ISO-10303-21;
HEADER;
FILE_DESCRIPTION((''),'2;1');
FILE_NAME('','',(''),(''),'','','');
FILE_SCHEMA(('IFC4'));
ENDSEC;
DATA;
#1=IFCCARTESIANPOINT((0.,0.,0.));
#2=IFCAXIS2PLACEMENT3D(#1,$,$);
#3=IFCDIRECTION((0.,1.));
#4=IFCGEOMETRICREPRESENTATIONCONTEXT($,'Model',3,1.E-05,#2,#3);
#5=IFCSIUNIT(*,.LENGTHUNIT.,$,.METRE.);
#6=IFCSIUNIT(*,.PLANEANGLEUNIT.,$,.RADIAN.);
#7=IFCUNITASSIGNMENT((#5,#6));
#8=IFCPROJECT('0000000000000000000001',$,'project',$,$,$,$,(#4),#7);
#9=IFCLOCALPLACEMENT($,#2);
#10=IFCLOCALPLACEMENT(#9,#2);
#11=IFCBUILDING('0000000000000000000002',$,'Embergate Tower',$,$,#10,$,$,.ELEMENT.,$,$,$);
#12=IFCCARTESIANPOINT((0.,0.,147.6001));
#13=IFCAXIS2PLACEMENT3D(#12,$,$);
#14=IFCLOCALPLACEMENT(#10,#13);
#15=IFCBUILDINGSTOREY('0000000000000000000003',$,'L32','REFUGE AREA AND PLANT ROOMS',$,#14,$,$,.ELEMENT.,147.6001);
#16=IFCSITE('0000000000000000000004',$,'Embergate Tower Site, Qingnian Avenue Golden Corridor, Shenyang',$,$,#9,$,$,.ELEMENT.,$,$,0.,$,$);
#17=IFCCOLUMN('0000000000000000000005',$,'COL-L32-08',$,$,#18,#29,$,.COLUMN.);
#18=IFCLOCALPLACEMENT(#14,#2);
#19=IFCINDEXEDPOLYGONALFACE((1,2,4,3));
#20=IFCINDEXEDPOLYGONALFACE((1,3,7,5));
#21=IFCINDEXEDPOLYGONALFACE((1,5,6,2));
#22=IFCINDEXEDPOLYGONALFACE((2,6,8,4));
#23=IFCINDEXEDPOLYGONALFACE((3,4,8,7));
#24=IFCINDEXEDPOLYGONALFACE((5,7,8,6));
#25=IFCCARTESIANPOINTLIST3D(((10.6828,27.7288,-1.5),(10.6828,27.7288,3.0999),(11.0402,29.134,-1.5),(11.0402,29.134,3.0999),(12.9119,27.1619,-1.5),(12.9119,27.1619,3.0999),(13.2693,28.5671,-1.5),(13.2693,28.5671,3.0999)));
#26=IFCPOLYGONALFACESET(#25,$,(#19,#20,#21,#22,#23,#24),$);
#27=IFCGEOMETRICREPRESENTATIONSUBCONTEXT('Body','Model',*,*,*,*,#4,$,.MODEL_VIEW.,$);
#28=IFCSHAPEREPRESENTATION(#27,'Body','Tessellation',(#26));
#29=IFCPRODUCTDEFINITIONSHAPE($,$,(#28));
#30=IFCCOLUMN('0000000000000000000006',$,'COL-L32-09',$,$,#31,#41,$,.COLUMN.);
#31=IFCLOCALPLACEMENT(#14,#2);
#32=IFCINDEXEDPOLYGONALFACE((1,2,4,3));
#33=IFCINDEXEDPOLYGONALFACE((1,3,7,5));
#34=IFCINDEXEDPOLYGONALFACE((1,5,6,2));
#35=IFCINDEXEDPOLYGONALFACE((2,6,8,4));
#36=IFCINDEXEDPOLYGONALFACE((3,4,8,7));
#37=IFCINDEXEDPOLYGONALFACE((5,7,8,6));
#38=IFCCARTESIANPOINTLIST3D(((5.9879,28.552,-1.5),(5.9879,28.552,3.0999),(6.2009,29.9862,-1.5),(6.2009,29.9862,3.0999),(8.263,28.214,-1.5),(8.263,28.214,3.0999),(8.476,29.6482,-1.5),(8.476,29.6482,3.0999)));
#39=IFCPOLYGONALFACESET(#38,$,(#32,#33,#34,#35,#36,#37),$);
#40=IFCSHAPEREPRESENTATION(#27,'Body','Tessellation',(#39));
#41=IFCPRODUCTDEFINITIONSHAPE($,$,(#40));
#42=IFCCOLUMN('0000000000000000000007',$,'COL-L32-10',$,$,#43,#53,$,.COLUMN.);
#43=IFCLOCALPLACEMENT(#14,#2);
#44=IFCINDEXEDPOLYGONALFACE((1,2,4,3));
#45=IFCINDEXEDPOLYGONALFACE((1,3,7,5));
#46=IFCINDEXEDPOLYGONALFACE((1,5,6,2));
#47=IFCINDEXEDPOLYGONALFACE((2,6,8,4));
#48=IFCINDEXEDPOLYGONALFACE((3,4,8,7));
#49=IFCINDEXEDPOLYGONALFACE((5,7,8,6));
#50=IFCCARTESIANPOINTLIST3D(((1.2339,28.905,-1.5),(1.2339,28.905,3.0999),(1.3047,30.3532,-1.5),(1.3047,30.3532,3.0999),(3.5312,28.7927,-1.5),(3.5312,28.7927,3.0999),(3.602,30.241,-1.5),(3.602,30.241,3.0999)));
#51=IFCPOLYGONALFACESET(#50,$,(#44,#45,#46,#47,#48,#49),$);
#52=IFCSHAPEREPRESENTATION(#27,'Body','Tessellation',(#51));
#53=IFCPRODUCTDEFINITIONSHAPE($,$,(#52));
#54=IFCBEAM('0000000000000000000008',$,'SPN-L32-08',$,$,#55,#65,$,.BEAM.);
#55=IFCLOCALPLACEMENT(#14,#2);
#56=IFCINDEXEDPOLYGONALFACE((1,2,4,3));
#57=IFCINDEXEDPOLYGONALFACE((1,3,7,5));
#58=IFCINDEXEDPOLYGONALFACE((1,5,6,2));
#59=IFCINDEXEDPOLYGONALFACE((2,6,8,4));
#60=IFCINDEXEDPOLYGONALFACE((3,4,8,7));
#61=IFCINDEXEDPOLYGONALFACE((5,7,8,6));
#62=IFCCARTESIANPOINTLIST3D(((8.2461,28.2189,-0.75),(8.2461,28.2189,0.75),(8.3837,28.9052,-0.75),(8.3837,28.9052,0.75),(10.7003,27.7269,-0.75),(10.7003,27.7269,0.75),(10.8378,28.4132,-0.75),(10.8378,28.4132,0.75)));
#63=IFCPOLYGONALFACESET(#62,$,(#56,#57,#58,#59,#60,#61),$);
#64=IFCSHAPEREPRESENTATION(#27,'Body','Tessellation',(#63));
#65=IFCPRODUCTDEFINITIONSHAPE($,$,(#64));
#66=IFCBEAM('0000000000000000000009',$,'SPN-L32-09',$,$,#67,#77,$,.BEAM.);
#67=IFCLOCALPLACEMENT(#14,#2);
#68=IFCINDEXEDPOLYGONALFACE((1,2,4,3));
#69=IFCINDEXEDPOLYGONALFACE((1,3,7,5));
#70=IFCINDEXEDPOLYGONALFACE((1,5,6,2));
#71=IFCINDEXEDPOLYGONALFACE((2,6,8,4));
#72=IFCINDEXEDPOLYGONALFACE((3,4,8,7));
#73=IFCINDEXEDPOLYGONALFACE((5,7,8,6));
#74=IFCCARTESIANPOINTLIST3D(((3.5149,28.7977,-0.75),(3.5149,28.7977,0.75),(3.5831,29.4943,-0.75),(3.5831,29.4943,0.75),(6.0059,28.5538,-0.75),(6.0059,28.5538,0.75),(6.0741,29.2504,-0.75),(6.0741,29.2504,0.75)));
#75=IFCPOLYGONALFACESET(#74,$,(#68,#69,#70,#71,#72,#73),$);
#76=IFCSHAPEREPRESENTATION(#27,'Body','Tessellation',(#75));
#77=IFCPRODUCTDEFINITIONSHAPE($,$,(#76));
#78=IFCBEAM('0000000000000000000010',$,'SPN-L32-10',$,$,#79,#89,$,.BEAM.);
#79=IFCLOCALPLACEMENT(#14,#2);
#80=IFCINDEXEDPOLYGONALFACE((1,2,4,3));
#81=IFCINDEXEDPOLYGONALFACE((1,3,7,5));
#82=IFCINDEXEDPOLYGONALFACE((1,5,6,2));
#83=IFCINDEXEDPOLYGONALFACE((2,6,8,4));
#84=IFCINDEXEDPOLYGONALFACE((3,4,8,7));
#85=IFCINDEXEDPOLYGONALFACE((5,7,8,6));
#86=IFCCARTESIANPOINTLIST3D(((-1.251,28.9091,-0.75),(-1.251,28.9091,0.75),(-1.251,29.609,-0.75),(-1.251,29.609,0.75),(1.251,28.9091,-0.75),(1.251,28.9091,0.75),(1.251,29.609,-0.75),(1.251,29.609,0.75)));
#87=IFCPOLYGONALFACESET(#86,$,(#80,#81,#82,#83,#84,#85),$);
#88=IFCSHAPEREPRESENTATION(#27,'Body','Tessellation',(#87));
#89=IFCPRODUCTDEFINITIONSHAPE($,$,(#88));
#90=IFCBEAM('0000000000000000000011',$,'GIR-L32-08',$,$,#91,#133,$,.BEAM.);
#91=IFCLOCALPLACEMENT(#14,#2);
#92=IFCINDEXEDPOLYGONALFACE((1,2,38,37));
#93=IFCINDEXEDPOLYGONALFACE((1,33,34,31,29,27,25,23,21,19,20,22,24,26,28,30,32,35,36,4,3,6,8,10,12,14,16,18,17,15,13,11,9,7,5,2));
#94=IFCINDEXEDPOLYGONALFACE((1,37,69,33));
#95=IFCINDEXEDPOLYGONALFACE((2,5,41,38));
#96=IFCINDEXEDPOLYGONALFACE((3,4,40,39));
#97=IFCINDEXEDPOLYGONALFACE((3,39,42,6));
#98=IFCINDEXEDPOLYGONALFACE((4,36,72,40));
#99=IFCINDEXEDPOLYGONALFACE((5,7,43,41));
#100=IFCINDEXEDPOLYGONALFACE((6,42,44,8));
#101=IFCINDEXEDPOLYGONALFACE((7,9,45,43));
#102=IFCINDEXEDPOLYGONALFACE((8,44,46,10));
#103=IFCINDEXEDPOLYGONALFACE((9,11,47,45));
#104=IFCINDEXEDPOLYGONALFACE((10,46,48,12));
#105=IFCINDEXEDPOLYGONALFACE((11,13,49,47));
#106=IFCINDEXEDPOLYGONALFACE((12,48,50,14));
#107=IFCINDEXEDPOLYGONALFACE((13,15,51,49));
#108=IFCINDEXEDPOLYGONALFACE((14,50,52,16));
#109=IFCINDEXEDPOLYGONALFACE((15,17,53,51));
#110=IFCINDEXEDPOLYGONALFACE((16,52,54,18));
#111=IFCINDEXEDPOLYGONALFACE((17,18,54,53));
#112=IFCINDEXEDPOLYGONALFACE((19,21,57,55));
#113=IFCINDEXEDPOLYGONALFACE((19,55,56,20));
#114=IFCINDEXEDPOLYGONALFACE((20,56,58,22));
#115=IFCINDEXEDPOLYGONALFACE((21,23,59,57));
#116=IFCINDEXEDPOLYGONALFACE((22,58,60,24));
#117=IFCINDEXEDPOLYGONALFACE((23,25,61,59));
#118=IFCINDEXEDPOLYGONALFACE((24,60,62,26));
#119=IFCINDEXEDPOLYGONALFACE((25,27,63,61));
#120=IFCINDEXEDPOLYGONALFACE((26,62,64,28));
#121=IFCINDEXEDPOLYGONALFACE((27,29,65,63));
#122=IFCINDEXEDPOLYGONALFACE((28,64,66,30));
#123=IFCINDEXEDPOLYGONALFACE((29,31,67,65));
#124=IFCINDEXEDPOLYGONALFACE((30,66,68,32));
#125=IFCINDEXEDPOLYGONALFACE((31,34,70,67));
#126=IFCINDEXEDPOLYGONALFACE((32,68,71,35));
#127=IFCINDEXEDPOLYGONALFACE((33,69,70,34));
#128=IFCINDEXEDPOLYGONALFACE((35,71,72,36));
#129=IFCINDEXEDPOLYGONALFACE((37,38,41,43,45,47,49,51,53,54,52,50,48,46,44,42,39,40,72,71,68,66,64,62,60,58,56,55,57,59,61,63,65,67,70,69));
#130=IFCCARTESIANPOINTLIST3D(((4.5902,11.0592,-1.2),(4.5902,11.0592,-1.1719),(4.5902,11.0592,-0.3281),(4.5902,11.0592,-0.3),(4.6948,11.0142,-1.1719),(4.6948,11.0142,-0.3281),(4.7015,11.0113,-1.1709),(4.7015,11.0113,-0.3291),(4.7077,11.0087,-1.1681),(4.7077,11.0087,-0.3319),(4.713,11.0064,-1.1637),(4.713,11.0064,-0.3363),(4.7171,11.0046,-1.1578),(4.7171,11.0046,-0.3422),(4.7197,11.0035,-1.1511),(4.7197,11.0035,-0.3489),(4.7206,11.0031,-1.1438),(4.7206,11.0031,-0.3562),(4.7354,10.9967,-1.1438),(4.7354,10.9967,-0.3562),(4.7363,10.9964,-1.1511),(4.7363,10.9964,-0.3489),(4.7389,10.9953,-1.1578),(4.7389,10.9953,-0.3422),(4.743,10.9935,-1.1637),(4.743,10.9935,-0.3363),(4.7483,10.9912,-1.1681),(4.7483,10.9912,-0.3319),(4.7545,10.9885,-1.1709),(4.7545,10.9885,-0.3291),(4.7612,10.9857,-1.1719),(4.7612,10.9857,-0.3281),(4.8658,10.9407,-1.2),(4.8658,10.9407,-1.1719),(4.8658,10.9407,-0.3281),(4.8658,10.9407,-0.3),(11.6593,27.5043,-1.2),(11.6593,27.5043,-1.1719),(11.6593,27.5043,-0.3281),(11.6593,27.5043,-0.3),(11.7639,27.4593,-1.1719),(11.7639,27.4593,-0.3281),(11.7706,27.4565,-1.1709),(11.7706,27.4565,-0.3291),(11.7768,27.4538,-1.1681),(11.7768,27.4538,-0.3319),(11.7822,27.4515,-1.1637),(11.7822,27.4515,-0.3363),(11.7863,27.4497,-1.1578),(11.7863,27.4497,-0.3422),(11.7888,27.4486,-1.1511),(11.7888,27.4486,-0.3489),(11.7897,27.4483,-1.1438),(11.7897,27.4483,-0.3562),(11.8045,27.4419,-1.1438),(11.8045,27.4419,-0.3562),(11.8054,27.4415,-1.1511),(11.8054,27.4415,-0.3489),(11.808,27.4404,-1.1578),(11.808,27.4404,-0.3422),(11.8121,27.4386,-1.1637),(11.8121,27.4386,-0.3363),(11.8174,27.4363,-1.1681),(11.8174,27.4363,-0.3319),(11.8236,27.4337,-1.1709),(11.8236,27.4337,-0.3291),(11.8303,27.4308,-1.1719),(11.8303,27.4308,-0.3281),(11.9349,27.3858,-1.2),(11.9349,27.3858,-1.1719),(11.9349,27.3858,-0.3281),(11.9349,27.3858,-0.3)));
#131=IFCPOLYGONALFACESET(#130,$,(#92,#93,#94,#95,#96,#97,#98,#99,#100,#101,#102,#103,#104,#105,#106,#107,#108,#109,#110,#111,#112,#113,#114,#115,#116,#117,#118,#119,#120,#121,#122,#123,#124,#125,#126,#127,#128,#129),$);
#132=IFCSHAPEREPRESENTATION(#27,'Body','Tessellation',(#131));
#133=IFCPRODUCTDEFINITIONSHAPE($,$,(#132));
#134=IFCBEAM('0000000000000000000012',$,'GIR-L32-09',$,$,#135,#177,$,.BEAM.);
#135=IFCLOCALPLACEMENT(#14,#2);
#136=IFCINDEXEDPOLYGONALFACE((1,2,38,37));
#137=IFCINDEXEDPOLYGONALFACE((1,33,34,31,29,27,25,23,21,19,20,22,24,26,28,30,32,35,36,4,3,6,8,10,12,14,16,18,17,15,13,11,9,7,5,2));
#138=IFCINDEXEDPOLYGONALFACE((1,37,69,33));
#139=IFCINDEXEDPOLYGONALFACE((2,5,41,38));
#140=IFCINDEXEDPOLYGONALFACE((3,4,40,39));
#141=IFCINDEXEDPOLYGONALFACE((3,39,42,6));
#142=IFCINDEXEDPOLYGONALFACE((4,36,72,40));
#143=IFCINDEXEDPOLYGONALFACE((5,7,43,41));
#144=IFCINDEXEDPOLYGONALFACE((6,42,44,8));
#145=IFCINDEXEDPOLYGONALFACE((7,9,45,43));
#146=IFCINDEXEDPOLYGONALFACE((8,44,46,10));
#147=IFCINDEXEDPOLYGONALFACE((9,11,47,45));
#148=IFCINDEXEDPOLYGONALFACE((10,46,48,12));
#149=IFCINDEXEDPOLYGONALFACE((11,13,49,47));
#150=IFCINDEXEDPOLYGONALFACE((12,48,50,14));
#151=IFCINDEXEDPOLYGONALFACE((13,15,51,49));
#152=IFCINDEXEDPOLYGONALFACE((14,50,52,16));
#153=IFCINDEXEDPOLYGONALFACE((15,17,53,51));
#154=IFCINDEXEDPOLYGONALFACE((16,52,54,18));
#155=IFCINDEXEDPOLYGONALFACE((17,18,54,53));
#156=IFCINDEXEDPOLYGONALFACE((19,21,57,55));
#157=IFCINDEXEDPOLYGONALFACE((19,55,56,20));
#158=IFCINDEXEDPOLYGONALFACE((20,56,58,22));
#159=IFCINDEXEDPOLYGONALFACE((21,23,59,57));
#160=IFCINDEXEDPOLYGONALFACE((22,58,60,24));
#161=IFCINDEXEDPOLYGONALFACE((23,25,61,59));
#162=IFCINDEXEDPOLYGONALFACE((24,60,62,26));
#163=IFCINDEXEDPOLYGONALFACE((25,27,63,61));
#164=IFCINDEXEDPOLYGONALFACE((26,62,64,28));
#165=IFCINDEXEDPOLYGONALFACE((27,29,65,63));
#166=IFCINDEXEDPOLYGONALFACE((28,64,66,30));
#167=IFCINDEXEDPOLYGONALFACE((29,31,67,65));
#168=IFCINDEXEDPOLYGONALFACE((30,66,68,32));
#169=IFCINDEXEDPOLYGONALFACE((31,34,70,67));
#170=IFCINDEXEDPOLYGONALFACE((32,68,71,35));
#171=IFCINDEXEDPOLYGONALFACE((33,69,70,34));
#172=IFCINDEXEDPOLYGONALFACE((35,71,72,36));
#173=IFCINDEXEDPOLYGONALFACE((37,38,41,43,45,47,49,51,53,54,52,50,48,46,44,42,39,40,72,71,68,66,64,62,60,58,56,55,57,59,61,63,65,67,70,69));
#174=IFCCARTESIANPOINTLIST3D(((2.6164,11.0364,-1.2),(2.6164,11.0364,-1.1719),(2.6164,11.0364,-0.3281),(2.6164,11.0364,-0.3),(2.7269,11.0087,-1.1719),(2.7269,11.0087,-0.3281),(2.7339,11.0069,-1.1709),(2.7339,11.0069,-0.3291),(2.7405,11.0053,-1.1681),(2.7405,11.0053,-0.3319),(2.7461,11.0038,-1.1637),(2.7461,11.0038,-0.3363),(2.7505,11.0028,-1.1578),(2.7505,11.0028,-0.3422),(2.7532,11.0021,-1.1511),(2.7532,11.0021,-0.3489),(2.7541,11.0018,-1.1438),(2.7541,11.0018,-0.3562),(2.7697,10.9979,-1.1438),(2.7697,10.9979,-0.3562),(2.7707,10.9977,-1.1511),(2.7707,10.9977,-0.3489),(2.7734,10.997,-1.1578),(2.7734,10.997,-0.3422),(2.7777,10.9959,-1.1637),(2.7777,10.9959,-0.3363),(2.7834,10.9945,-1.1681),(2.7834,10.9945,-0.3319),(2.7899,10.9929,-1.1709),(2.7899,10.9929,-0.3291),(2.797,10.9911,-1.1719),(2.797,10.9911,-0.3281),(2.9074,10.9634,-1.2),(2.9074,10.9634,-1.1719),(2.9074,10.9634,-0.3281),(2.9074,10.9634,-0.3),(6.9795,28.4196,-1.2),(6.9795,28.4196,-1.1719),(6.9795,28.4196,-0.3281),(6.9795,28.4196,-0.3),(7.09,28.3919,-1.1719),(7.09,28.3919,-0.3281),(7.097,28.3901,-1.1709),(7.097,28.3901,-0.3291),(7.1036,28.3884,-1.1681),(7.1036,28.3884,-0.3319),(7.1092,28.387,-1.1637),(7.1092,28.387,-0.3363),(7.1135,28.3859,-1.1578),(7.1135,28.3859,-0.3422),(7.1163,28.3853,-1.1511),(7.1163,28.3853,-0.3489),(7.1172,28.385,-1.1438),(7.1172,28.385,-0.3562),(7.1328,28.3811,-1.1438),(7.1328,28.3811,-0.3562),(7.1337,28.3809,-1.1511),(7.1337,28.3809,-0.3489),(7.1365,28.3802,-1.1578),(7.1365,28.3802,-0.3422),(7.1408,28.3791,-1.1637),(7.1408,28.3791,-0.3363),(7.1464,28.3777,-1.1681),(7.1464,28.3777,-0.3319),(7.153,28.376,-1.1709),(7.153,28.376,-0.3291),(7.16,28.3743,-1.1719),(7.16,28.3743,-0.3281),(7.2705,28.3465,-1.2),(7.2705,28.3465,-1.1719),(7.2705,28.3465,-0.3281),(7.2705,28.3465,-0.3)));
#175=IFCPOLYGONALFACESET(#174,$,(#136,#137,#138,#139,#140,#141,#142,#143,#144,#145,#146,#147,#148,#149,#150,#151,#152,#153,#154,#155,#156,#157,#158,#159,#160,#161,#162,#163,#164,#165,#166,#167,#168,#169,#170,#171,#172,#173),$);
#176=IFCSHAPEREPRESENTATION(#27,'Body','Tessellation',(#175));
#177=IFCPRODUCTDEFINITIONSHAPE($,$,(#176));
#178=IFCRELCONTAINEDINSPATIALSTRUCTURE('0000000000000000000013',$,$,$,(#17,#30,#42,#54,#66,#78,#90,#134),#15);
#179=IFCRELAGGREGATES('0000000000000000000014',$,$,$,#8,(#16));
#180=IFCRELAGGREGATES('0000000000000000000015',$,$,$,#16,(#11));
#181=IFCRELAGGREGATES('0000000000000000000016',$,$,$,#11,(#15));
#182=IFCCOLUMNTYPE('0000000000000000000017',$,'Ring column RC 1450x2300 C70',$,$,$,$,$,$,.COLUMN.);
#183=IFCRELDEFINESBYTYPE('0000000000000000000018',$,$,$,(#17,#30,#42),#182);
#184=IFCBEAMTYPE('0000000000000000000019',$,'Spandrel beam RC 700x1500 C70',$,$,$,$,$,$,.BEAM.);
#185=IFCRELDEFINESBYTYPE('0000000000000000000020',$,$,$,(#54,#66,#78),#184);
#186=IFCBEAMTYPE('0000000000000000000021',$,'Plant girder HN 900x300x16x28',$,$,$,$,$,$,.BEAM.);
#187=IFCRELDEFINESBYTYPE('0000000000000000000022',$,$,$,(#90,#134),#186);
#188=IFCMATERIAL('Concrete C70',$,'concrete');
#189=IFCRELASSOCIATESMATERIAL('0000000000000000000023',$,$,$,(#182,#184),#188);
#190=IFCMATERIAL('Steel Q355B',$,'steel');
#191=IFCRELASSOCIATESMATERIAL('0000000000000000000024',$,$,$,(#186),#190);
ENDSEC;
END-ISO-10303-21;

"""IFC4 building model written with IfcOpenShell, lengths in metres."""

from ifc_helpers import new_model, si_unit, direction, frame, origin, origin_2d, place, context, subcontext, project, spatial, rectangle, i_section, extrude, source, transform, mapped, material, material_profile, profile_set, type_object, element, save


model = new_model("IFC4")

# Units and contexts
model_context = context("Model", 3, precision=1e-05, world=origin(), true_north=direction((0.0, 1.0)))
body_context = subcontext(model_context, "Body", "Model", "MODEL_VIEW")
ifc_project = project(units=[si_unit("LENGTHUNIT", "METRE"), si_unit("PLANEANGLEUNIT", "RADIAN")], contexts=[model_context])

# Site, building, storey
site_placement = place(None, origin())
site = spatial("IfcSite", under=ifc_project, at=site_placement, Name="Embergate Tower Site, Qingnian Avenue Golden Corridor, Shenyang", CompositionType="ELEMENT", RefElevation=0.0)
building_placement = place(site_placement, origin())
building = spatial("IfcBuilding", under=site, at=building_placement, Name="Embergate Tower", CompositionType="ELEMENT")
storey_placement = place(building_placement, frame((0.0, 0.0, 147.6001)))
storey = spatial("IfcBuildingStorey", under=building, at=storey_placement, Name="L32", Description="REFUGE AREA AND PLANT ROOMS", CompositionType="ELEMENT", Elevation=147.6001)

# Columns
ifc_material_1 = material(Name="Concrete C70", Category="concrete")
ifc_material_profile_1 = material_profile(ifc_material_1, rectangle(XDim=1.45, YDim=2.3, at=origin_2d()), Name="RC 1450x2300")
ifc_profile_set_1 = profile_set([ifc_material_profile_1], Name="Concrete C70")
column_type = type_object("IfcColumnType", Name="Ring column RC 1450x2300 C70", PredefinedType="COLUMN", material=ifc_profile_set_1)
shared_shape_1 = source(origin(), body_context, "Body", "SweptSolid", [
    extrude(rectangle(XDim=1.45, YDim=2.3, at=origin_2d()), origin(), (0.0, 0.0, 1.0), 4.5999),
])
for number, where, z_axis, x_axis, name in (
    (1, (11.9761, 28.1479, -1.5), (0.0, 0.0, 1.0), (0.246492, 0.969145, 0.0), "COL-L32-08"),
    (2, (7.2319, 29.1001, -1.5), (0.0, 0.0, 1.0), (0.146929, 0.989147, 0.0), "COL-L32-09"),
    (3, (2.418, 29.573, -1.5), (0.0, 0.0, 1.0), (0.048815, 0.998808, 0.0), "COL-L32-10"),
):
    element("IfcColumn", number, at=place(storey_placement, frame(where, z_axis=z_axis, x_axis=x_axis)), inside=storey, type_object=column_type, Name=name, PredefinedType="COLUMN", context=body_context, shape_type="MappedRepresentation", body=[
        mapped(shared_shape_1, transform((0.0, 0.0, 0.0))),
    ])

# Beams
ifc_material_profile_2 = material_profile(ifc_material_1, rectangle(XDim=0.7, YDim=1.5, at=origin_2d()), Name="RC 700x1500")
ifc_profile_set_2 = profile_set([ifc_material_profile_2], Name="Concrete C70")
beam_type_1 = type_object("IfcBeamType", Name="Spandrel beam RC 700x1500 C70", PredefinedType="BEAM", material=ifc_profile_set_2)
shared_shape_2 = source(origin(), body_context, "Body", "SweptSolid", [
    extrude(rectangle(XDim=0.7, YDim=1.5, at=origin_2d()), origin(), (0.0, 0.0, 1.0), 2.5029),
])
for number, where, z_axis, x_axis, name in (
    (4, (10.769, 28.0701, 0.0), (-0.980494, 0.196548, 0.0), (-0.196548, -0.980494, 0.0), "SPN-L32-08"),
    (5, (6.04, 28.9021, 0.0), (-0.995241, 0.097446, 0.0), (-0.097446, -0.995241, 0.0), "SPN-L32-09"),
):
    element("IfcBeam", number, at=place(storey_placement, frame(where, z_axis=z_axis, x_axis=x_axis)), inside=storey, type_object=beam_type_1, Name=name, PredefinedType="BEAM", context=body_context, shape_type="MappedRepresentation", body=[
        mapped(shared_shape_2, transform((0.0, 0.0, 0.0))),
    ])
shared_shape_3 = source(origin(), body_context, "Body", "SweptSolid", [
    extrude(rectangle(XDim=0.7, YDim=1.5, at=origin_2d()), origin(), (0.0, 0.0, 1.0), 2.502),
])
beam_1_placement = place(storey_placement, frame((1.251, 29.259, 0.0), z_axis=(-1.0, 0.0, 0.0), x_axis=(0.0, -1.0, 0.0)))
element("IfcBeam", 6, at=beam_1_placement, inside=storey, type_object=beam_type_1, Name="SPN-L32-10", PredefinedType="BEAM", context=body_context, shape_type="MappedRepresentation", body=[
    mapped(shared_shape_3, transform((0.0, 0.0, 0.0))),
])
ifc_material_2 = material(Name="Steel Q355B", Category="steel")
ifc_material_profile_3 = material_profile(ifc_material_2, i_section(OverallWidth=0.3, OverallDepth=0.8999, WebThickness=0.0161, FlangeThickness=0.0281, FilletRadius=0.0281, at=origin_2d()), Name="HN 900x300x16x28")
ifc_profile_set_3 = profile_set([ifc_material_profile_3], Name="Steel Q355 grade B")
beam_type_2 = type_object("IfcBeamType", Name="Plant girder HN 900x300x16x28", PredefinedType="BEAM", material=ifc_profile_set_3)
shared_shape_4 = source(origin(), body_context, "Body", "SweptSolid", [
    extrude(i_section(OverallWidth=0.3, OverallDepth=0.8999, WebThickness=0.0161, FlangeThickness=0.0281, FilletRadius=0.0281, at=origin_2d()), origin(), (0.0, 0.0, 1.0), 17.9001),
])
beam_2_placement = place(storey_placement, frame((11.7971, 27.4451, -0.75), z_axis=(-0.39492, -0.918716, 0.0), x_axis=(0.918716, -0.39492, 0.0)))
element("IfcBeam", 7, at=beam_2_placement, inside=storey, type_object=beam_type_2, Name="GIR-L32-08", PredefinedType="BEAM", context=body_context, shape_type="MappedRepresentation", body=[
    mapped(shared_shape_4, transform((0.0, 0.0, 0.0))),
])
shared_shape_5 = source(origin(), body_context, "Body", "SweptSolid", [
    extrude(i_section(OverallWidth=0.3, OverallDepth=0.8999, WebThickness=0.0161, FlangeThickness=0.0281, FilletRadius=0.0281, at=origin_2d()), origin(), (0.0, 0.0, 1.0), 17.9224),
])
beam_3_placement = place(storey_placement, frame((7.125, 28.3831, -0.75), z_axis=(-0.243443, -0.969915, 0.0), x_axis=(0.969915, -0.243443, 0.0)))
element("IfcBeam", 8, at=beam_3_placement, inside=storey, type_object=beam_type_2, Name="GIR-L32-09", PredefinedType="BEAM", context=body_context, shape_type="MappedRepresentation", body=[
    mapped(shared_shape_5, transform((0.0, 0.0, 0.0))),
])

save(model, "model.ifc")
